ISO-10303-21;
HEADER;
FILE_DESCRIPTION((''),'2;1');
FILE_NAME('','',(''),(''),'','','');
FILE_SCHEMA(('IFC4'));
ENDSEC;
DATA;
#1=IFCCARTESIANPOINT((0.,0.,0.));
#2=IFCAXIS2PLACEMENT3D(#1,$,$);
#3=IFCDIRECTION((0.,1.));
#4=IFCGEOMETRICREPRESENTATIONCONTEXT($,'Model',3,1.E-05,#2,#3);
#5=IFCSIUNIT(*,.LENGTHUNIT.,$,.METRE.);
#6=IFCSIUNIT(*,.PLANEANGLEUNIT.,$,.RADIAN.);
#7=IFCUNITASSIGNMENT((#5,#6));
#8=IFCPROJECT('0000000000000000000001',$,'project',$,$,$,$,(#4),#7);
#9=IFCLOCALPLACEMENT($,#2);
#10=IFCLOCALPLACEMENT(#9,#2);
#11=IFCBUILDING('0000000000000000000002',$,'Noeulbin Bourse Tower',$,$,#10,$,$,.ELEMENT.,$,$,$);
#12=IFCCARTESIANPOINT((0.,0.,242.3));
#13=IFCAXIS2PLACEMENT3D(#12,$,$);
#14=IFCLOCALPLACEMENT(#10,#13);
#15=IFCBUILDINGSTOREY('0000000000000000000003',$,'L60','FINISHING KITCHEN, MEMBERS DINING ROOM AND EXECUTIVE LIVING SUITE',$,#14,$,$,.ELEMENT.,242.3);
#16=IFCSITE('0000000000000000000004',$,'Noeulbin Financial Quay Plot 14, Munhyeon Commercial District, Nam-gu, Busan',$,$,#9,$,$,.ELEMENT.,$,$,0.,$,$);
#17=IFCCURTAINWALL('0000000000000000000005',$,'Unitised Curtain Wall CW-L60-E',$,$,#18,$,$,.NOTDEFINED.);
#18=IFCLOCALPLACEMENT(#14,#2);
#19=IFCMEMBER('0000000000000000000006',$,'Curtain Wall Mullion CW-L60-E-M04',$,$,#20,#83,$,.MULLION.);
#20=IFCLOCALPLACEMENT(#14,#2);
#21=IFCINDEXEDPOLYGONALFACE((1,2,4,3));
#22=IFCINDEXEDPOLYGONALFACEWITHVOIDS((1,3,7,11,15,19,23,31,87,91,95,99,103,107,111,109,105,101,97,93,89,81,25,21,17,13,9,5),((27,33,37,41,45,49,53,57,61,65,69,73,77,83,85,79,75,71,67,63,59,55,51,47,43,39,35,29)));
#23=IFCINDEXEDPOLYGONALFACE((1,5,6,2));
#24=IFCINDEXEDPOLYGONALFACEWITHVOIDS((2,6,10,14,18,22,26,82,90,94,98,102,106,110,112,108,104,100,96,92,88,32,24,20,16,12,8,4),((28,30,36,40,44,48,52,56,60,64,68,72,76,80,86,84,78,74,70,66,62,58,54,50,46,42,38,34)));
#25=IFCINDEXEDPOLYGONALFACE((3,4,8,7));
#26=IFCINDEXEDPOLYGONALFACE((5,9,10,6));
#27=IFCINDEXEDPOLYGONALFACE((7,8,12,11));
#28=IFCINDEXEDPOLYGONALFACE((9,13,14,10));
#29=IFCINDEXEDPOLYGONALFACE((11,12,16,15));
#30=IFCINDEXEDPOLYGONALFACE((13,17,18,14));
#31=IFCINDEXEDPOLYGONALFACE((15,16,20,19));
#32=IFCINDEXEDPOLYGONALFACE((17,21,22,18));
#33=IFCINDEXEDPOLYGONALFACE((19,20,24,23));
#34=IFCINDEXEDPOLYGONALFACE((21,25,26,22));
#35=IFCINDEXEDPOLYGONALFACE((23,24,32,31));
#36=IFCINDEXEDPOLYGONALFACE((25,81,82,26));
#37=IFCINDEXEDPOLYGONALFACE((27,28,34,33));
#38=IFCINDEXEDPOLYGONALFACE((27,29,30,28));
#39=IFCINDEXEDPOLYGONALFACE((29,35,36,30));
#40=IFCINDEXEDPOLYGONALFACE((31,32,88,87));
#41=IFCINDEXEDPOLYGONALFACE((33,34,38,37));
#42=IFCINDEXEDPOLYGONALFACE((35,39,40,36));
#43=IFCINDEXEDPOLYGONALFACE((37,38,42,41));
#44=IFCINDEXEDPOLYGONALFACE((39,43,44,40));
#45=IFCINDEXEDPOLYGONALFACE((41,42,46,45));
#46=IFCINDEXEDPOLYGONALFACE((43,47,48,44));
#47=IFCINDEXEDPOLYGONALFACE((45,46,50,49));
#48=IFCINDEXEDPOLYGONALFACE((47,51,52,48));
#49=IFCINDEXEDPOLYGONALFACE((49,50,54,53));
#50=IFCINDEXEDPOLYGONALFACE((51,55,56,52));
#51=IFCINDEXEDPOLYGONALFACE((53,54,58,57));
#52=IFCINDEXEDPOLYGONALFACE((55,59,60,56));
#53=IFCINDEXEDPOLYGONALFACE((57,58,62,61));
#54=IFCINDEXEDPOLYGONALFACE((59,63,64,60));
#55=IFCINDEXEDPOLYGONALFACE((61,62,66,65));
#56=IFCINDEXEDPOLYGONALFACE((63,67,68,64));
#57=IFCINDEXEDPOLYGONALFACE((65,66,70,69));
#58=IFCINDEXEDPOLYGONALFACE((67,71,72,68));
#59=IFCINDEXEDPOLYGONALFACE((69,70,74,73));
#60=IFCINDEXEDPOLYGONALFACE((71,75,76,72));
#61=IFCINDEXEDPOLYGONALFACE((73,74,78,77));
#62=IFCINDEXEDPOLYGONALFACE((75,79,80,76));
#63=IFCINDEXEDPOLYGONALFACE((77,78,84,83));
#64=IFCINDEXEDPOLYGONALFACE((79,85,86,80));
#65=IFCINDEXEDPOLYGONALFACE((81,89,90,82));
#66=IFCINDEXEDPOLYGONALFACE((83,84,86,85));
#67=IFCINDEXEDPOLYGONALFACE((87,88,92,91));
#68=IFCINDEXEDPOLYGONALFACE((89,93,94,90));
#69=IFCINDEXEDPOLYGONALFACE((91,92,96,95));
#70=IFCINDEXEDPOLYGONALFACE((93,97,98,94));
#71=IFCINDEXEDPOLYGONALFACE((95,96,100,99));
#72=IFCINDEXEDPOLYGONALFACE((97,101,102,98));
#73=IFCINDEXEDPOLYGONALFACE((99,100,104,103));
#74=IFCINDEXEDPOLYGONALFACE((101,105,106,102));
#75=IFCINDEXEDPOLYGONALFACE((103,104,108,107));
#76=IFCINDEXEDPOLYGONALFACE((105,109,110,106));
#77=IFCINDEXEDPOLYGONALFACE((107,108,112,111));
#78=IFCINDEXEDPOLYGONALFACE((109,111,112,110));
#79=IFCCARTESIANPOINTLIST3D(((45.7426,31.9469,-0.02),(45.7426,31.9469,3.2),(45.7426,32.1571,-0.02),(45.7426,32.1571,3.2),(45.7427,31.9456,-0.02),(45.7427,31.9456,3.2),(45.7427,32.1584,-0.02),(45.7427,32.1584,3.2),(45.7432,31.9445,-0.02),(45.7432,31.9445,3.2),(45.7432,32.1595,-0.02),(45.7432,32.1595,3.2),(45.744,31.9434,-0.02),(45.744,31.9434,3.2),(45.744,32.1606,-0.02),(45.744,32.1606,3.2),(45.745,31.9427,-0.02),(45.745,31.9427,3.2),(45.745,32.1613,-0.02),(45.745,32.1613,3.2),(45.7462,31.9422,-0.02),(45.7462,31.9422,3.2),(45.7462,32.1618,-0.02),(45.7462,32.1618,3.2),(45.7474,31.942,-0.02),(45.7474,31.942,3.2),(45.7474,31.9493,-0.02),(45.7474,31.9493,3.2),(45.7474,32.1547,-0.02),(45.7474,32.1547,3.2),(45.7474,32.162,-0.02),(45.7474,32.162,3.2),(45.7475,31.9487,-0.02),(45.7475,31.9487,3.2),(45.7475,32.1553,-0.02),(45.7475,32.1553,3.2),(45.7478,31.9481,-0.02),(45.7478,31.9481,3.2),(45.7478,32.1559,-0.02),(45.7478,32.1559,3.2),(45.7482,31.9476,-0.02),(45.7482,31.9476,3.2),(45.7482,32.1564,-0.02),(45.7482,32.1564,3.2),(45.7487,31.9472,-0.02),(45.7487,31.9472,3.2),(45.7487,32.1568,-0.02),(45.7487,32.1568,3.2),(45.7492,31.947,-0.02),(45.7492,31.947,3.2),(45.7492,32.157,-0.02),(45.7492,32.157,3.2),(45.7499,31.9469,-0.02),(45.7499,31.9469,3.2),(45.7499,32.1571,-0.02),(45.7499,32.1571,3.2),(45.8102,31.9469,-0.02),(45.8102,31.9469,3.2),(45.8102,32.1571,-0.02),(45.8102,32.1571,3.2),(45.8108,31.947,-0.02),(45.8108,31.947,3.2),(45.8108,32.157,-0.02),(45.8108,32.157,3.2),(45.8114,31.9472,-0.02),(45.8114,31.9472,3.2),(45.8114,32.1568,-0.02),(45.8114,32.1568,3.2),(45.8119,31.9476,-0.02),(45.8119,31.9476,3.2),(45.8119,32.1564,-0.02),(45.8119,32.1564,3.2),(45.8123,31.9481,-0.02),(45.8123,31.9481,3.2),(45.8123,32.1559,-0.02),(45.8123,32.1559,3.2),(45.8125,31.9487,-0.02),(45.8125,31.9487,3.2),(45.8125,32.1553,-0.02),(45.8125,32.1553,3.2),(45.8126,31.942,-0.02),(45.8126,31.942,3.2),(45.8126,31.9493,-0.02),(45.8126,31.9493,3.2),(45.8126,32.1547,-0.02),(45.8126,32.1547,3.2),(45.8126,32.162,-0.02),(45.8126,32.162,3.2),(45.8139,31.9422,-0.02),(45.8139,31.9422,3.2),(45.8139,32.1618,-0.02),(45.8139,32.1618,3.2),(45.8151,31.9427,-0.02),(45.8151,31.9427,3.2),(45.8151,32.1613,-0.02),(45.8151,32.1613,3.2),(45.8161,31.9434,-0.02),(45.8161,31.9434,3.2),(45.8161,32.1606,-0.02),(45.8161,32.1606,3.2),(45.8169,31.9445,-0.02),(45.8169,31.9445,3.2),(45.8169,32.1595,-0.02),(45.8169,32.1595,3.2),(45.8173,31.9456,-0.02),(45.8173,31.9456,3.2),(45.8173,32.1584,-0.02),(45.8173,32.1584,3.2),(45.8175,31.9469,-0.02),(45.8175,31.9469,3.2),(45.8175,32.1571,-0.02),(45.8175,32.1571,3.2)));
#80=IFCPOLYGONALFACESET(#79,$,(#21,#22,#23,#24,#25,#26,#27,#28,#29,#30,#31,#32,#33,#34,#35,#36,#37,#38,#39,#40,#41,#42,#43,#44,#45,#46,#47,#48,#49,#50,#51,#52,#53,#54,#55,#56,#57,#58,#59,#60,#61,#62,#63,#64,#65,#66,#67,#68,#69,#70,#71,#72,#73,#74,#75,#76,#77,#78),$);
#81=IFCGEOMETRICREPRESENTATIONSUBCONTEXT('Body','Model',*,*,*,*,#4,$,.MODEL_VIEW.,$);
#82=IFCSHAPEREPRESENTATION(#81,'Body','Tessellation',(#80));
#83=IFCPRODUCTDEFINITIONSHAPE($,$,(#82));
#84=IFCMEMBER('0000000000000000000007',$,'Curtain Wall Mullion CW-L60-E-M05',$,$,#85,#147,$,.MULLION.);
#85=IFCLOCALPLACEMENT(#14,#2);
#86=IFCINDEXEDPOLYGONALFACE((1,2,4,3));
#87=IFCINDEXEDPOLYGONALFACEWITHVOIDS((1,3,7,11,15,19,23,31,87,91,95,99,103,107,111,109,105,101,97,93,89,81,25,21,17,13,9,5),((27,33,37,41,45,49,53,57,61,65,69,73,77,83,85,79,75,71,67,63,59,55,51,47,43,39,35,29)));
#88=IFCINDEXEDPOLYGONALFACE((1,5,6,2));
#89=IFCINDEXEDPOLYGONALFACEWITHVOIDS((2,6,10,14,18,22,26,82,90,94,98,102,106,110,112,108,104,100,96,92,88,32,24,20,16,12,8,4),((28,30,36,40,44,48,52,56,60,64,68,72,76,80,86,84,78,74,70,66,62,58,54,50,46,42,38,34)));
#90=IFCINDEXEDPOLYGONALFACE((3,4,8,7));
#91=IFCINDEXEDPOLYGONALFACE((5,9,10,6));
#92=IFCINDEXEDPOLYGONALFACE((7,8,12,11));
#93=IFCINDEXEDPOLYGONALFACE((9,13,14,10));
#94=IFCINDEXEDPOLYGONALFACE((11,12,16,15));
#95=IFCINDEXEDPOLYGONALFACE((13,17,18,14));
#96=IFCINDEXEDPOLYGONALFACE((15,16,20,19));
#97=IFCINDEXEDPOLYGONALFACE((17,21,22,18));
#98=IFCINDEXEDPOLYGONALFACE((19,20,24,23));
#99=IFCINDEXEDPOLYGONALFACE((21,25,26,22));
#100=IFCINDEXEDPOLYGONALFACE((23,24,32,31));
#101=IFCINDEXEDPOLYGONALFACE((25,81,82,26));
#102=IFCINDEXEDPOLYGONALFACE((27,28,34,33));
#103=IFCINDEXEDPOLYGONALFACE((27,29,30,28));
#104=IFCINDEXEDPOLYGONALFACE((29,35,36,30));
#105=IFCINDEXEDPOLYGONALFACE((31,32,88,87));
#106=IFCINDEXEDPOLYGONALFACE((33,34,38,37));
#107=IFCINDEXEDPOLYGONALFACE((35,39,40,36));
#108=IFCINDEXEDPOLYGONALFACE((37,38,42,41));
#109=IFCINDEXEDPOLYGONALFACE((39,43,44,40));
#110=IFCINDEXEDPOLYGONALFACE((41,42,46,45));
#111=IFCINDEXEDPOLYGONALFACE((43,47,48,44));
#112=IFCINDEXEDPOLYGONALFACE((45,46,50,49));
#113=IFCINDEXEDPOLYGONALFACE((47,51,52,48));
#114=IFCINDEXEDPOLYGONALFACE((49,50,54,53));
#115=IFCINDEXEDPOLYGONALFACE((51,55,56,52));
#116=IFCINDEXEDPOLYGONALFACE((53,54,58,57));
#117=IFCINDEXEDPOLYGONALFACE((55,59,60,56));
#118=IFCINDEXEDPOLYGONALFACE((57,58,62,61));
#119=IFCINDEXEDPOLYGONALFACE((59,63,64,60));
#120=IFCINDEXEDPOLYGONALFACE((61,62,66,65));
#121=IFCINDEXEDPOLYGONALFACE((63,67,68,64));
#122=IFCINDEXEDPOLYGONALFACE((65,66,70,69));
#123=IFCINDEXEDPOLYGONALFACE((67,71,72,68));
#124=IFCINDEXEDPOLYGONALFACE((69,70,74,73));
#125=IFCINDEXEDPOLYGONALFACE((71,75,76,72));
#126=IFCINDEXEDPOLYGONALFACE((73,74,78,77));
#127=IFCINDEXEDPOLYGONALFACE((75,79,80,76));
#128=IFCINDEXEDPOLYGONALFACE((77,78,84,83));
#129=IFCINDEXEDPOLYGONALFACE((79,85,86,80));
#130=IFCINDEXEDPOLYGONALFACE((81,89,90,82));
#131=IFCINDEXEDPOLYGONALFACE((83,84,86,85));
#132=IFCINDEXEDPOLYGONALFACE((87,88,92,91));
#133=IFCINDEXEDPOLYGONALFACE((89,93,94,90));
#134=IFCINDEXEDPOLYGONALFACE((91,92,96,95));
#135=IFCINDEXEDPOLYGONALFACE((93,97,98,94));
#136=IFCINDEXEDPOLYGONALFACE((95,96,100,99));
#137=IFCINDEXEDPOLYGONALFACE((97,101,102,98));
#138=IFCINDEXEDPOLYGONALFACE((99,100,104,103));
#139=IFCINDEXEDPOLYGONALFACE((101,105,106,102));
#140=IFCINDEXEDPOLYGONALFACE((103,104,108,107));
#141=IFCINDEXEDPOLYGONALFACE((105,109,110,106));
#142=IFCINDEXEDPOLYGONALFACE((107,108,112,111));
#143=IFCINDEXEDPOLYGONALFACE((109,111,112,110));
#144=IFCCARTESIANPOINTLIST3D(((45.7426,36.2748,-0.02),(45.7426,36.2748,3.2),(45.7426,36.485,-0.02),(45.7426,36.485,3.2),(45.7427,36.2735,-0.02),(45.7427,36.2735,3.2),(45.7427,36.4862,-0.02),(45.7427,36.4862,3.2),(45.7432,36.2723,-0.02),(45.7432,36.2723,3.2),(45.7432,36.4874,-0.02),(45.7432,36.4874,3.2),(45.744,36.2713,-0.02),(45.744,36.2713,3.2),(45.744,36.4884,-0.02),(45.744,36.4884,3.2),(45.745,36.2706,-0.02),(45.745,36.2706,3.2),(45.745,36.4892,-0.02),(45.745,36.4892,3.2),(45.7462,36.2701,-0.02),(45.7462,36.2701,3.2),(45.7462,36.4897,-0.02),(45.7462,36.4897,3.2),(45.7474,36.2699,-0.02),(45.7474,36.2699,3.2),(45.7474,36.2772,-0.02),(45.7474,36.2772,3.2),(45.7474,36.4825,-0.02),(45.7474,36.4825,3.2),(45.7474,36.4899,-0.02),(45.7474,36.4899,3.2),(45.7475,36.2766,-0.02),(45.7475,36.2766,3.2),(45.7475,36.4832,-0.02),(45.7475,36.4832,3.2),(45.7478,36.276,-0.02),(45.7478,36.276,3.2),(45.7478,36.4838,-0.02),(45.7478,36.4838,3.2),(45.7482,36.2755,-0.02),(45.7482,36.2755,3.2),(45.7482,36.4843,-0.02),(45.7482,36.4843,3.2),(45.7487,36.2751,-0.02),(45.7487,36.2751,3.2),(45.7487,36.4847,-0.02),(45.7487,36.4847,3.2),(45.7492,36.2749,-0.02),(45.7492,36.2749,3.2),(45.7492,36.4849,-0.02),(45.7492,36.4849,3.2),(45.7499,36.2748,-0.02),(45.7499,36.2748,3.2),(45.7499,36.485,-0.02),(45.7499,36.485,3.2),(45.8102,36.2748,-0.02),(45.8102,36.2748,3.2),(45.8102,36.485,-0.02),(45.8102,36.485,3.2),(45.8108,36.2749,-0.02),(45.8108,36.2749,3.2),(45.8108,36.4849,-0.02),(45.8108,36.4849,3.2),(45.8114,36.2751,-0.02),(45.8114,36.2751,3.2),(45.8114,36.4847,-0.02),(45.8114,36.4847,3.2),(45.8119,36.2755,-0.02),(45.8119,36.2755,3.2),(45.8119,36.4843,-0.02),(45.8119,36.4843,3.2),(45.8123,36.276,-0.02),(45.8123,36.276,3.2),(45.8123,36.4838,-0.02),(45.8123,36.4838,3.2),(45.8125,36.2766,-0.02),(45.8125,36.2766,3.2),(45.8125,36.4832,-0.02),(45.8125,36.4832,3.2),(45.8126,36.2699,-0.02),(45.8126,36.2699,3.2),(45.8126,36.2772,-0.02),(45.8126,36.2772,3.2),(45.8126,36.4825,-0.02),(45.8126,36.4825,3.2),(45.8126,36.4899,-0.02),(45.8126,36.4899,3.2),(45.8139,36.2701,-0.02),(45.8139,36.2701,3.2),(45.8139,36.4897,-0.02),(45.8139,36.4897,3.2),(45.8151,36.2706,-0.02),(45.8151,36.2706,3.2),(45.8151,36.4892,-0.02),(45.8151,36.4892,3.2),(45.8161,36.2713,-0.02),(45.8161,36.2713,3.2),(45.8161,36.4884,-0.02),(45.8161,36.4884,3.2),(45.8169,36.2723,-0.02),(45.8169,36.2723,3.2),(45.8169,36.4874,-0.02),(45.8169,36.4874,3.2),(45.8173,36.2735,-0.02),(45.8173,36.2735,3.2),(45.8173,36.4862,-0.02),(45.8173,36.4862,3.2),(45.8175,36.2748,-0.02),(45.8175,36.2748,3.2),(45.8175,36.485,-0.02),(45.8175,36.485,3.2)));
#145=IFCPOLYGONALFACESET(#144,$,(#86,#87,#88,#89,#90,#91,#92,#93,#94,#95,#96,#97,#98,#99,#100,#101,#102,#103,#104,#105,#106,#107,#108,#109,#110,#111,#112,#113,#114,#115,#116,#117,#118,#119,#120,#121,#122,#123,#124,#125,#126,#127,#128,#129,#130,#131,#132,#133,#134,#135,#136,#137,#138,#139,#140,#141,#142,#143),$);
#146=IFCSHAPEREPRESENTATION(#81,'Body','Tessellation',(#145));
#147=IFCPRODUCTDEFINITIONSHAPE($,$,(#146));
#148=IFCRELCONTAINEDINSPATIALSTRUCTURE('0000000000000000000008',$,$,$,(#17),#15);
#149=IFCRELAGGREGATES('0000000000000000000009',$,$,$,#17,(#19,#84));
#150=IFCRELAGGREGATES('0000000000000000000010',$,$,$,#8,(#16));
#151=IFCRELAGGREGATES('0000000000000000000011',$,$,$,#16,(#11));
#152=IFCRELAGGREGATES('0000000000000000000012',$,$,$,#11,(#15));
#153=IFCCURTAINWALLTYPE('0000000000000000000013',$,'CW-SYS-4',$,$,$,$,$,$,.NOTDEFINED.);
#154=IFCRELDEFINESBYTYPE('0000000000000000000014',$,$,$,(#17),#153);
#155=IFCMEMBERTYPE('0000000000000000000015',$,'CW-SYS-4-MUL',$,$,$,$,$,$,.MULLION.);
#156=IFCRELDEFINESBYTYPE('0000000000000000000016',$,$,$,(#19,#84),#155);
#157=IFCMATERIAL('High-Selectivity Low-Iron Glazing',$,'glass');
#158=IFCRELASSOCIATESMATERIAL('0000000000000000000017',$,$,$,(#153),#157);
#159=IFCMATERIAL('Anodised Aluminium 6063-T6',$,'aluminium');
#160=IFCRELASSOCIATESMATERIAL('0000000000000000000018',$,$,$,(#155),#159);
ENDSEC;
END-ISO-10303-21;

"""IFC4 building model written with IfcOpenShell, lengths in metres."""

from ifc_helpers import new_model, si_unit, direction, frame, origin, origin_2d, place, context, subcontext, project, spatial, hollow_rectangle, extrude, material, material_profile, profile_set, type_object, element, aggregate, save


model = new_model("IFC4")

# Units and contexts
model_context = context("Model", 3, precision=1e-05, world=origin(), true_north=direction((0.0, 1.0)))
body_context = subcontext(model_context, "Body", "Model", "MODEL_VIEW")
ifc_project = project(units=[si_unit("LENGTHUNIT", "METRE"), si_unit("PLANEANGLEUNIT", "RADIAN")], contexts=[model_context])

# Site, building, storey
site_placement = place(None, origin())
site = spatial("IfcSite", under=ifc_project, at=site_placement, Name="Noeulbin Financial Quay Plot 14, Munhyeon Commercial District, Nam-gu, Busan", CompositionType="ELEMENT", RefElevation=0.0)
building_placement = place(site_placement, origin())
building = spatial("IfcBuilding", under=site, at=building_placement, Name="Noeulbin Bourse Tower", CompositionType="ELEMENT")
storey_placement = place(building_placement, frame((0.0, 0.0, 242.3)))
storey = spatial("IfcBuildingStorey", under=building, at=storey_placement, Name="L60", Description="FINISHING KITCHEN, MEMBERS DINING ROOM AND EXECUTIVE LIVING SUITE", CompositionType="ELEMENT", Elevation=242.3)

# Curtain wall, members
ifc_material_1 = material(Name="High-Selectivity Low-Iron Glazing", Category="glass")
curtain_wall_type = type_object("IfcCurtainWallType", Name="CW-SYS-4", PredefinedType="NOTDEFINED", material=ifc_material_1)
ifc_material_2 = material(Name="Anodised Aluminium 6063-T6", Category="aluminium")
ifc_material_profile_1 = material_profile(ifc_material_2, hollow_rectangle(XDim=0.075, YDim=0.22, WallThickness=0.0049, InnerFilletRadius=0.0024, OuterFilletRadius=0.0049, at=origin_2d()), Name="ALU-MULL-75x220x5", Category="LoadBearing")
ifc_profile_set_1 = profile_set([ifc_material_profile_1], Name="Anodised Aluminium 6063-T6")
member_type_1 = type_object("IfcMemberType", Name="CW-SYS-4-MUL", PredefinedType="MULLION", material=ifc_profile_set_1)
curtain_wall_1_placement = place(storey_placement, origin())
curtain_wall_1 = element("IfcCurtainWall", 1, at=curtain_wall_1_placement, inside=storey, type_object=curtain_wall_type, Name="Unitised Curtain Wall CW-L60-E", PredefinedType="NOTDEFINED")
member_1_placement = place(storey_placement, frame((45.78, 32.052, -0.02), z_axis=(0.0, 0.0, 1.0), x_axis=(1.0, 0.0, 0.0)))
member_1 = element("IfcMember", 2, at=member_1_placement, type_object=member_type_1, Name="Curtain Wall Mullion CW-L60-E-M04", PredefinedType="MULLION", context=body_context, shape_type="SweptSolid", body=[
    extrude(hollow_rectangle(XDim=0.075, YDim=0.22, WallThickness=0.0049, InnerFilletRadius=0.0024, OuterFilletRadius=0.0049, at=origin_2d()), origin(), (0.0, 0.0, 1.0), 3.22),
])
member_2_placement = place(storey_placement, frame((45.78, 36.3799, -0.02), z_axis=(0.0, 0.0, 1.0), x_axis=(1.0, 0.0, 0.0)))
member_2 = element("IfcMember", 3, at=member_2_placement, type_object=member_type_1, Name="Curtain Wall Mullion CW-L60-E-M05", PredefinedType="MULLION", context=body_context, shape_type="SweptSolid", body=[
    extrude(hollow_rectangle(XDim=0.075, YDim=0.22, WallThickness=0.0049, InnerFilletRadius=0.0024, OuterFilletRadius=0.0049, at=origin_2d()), origin(), (0.0, 0.0, 1.0), 3.22),
])

aggregate(curtain_wall_1, [member_1, member_2])

save(model, "model.ifc")
